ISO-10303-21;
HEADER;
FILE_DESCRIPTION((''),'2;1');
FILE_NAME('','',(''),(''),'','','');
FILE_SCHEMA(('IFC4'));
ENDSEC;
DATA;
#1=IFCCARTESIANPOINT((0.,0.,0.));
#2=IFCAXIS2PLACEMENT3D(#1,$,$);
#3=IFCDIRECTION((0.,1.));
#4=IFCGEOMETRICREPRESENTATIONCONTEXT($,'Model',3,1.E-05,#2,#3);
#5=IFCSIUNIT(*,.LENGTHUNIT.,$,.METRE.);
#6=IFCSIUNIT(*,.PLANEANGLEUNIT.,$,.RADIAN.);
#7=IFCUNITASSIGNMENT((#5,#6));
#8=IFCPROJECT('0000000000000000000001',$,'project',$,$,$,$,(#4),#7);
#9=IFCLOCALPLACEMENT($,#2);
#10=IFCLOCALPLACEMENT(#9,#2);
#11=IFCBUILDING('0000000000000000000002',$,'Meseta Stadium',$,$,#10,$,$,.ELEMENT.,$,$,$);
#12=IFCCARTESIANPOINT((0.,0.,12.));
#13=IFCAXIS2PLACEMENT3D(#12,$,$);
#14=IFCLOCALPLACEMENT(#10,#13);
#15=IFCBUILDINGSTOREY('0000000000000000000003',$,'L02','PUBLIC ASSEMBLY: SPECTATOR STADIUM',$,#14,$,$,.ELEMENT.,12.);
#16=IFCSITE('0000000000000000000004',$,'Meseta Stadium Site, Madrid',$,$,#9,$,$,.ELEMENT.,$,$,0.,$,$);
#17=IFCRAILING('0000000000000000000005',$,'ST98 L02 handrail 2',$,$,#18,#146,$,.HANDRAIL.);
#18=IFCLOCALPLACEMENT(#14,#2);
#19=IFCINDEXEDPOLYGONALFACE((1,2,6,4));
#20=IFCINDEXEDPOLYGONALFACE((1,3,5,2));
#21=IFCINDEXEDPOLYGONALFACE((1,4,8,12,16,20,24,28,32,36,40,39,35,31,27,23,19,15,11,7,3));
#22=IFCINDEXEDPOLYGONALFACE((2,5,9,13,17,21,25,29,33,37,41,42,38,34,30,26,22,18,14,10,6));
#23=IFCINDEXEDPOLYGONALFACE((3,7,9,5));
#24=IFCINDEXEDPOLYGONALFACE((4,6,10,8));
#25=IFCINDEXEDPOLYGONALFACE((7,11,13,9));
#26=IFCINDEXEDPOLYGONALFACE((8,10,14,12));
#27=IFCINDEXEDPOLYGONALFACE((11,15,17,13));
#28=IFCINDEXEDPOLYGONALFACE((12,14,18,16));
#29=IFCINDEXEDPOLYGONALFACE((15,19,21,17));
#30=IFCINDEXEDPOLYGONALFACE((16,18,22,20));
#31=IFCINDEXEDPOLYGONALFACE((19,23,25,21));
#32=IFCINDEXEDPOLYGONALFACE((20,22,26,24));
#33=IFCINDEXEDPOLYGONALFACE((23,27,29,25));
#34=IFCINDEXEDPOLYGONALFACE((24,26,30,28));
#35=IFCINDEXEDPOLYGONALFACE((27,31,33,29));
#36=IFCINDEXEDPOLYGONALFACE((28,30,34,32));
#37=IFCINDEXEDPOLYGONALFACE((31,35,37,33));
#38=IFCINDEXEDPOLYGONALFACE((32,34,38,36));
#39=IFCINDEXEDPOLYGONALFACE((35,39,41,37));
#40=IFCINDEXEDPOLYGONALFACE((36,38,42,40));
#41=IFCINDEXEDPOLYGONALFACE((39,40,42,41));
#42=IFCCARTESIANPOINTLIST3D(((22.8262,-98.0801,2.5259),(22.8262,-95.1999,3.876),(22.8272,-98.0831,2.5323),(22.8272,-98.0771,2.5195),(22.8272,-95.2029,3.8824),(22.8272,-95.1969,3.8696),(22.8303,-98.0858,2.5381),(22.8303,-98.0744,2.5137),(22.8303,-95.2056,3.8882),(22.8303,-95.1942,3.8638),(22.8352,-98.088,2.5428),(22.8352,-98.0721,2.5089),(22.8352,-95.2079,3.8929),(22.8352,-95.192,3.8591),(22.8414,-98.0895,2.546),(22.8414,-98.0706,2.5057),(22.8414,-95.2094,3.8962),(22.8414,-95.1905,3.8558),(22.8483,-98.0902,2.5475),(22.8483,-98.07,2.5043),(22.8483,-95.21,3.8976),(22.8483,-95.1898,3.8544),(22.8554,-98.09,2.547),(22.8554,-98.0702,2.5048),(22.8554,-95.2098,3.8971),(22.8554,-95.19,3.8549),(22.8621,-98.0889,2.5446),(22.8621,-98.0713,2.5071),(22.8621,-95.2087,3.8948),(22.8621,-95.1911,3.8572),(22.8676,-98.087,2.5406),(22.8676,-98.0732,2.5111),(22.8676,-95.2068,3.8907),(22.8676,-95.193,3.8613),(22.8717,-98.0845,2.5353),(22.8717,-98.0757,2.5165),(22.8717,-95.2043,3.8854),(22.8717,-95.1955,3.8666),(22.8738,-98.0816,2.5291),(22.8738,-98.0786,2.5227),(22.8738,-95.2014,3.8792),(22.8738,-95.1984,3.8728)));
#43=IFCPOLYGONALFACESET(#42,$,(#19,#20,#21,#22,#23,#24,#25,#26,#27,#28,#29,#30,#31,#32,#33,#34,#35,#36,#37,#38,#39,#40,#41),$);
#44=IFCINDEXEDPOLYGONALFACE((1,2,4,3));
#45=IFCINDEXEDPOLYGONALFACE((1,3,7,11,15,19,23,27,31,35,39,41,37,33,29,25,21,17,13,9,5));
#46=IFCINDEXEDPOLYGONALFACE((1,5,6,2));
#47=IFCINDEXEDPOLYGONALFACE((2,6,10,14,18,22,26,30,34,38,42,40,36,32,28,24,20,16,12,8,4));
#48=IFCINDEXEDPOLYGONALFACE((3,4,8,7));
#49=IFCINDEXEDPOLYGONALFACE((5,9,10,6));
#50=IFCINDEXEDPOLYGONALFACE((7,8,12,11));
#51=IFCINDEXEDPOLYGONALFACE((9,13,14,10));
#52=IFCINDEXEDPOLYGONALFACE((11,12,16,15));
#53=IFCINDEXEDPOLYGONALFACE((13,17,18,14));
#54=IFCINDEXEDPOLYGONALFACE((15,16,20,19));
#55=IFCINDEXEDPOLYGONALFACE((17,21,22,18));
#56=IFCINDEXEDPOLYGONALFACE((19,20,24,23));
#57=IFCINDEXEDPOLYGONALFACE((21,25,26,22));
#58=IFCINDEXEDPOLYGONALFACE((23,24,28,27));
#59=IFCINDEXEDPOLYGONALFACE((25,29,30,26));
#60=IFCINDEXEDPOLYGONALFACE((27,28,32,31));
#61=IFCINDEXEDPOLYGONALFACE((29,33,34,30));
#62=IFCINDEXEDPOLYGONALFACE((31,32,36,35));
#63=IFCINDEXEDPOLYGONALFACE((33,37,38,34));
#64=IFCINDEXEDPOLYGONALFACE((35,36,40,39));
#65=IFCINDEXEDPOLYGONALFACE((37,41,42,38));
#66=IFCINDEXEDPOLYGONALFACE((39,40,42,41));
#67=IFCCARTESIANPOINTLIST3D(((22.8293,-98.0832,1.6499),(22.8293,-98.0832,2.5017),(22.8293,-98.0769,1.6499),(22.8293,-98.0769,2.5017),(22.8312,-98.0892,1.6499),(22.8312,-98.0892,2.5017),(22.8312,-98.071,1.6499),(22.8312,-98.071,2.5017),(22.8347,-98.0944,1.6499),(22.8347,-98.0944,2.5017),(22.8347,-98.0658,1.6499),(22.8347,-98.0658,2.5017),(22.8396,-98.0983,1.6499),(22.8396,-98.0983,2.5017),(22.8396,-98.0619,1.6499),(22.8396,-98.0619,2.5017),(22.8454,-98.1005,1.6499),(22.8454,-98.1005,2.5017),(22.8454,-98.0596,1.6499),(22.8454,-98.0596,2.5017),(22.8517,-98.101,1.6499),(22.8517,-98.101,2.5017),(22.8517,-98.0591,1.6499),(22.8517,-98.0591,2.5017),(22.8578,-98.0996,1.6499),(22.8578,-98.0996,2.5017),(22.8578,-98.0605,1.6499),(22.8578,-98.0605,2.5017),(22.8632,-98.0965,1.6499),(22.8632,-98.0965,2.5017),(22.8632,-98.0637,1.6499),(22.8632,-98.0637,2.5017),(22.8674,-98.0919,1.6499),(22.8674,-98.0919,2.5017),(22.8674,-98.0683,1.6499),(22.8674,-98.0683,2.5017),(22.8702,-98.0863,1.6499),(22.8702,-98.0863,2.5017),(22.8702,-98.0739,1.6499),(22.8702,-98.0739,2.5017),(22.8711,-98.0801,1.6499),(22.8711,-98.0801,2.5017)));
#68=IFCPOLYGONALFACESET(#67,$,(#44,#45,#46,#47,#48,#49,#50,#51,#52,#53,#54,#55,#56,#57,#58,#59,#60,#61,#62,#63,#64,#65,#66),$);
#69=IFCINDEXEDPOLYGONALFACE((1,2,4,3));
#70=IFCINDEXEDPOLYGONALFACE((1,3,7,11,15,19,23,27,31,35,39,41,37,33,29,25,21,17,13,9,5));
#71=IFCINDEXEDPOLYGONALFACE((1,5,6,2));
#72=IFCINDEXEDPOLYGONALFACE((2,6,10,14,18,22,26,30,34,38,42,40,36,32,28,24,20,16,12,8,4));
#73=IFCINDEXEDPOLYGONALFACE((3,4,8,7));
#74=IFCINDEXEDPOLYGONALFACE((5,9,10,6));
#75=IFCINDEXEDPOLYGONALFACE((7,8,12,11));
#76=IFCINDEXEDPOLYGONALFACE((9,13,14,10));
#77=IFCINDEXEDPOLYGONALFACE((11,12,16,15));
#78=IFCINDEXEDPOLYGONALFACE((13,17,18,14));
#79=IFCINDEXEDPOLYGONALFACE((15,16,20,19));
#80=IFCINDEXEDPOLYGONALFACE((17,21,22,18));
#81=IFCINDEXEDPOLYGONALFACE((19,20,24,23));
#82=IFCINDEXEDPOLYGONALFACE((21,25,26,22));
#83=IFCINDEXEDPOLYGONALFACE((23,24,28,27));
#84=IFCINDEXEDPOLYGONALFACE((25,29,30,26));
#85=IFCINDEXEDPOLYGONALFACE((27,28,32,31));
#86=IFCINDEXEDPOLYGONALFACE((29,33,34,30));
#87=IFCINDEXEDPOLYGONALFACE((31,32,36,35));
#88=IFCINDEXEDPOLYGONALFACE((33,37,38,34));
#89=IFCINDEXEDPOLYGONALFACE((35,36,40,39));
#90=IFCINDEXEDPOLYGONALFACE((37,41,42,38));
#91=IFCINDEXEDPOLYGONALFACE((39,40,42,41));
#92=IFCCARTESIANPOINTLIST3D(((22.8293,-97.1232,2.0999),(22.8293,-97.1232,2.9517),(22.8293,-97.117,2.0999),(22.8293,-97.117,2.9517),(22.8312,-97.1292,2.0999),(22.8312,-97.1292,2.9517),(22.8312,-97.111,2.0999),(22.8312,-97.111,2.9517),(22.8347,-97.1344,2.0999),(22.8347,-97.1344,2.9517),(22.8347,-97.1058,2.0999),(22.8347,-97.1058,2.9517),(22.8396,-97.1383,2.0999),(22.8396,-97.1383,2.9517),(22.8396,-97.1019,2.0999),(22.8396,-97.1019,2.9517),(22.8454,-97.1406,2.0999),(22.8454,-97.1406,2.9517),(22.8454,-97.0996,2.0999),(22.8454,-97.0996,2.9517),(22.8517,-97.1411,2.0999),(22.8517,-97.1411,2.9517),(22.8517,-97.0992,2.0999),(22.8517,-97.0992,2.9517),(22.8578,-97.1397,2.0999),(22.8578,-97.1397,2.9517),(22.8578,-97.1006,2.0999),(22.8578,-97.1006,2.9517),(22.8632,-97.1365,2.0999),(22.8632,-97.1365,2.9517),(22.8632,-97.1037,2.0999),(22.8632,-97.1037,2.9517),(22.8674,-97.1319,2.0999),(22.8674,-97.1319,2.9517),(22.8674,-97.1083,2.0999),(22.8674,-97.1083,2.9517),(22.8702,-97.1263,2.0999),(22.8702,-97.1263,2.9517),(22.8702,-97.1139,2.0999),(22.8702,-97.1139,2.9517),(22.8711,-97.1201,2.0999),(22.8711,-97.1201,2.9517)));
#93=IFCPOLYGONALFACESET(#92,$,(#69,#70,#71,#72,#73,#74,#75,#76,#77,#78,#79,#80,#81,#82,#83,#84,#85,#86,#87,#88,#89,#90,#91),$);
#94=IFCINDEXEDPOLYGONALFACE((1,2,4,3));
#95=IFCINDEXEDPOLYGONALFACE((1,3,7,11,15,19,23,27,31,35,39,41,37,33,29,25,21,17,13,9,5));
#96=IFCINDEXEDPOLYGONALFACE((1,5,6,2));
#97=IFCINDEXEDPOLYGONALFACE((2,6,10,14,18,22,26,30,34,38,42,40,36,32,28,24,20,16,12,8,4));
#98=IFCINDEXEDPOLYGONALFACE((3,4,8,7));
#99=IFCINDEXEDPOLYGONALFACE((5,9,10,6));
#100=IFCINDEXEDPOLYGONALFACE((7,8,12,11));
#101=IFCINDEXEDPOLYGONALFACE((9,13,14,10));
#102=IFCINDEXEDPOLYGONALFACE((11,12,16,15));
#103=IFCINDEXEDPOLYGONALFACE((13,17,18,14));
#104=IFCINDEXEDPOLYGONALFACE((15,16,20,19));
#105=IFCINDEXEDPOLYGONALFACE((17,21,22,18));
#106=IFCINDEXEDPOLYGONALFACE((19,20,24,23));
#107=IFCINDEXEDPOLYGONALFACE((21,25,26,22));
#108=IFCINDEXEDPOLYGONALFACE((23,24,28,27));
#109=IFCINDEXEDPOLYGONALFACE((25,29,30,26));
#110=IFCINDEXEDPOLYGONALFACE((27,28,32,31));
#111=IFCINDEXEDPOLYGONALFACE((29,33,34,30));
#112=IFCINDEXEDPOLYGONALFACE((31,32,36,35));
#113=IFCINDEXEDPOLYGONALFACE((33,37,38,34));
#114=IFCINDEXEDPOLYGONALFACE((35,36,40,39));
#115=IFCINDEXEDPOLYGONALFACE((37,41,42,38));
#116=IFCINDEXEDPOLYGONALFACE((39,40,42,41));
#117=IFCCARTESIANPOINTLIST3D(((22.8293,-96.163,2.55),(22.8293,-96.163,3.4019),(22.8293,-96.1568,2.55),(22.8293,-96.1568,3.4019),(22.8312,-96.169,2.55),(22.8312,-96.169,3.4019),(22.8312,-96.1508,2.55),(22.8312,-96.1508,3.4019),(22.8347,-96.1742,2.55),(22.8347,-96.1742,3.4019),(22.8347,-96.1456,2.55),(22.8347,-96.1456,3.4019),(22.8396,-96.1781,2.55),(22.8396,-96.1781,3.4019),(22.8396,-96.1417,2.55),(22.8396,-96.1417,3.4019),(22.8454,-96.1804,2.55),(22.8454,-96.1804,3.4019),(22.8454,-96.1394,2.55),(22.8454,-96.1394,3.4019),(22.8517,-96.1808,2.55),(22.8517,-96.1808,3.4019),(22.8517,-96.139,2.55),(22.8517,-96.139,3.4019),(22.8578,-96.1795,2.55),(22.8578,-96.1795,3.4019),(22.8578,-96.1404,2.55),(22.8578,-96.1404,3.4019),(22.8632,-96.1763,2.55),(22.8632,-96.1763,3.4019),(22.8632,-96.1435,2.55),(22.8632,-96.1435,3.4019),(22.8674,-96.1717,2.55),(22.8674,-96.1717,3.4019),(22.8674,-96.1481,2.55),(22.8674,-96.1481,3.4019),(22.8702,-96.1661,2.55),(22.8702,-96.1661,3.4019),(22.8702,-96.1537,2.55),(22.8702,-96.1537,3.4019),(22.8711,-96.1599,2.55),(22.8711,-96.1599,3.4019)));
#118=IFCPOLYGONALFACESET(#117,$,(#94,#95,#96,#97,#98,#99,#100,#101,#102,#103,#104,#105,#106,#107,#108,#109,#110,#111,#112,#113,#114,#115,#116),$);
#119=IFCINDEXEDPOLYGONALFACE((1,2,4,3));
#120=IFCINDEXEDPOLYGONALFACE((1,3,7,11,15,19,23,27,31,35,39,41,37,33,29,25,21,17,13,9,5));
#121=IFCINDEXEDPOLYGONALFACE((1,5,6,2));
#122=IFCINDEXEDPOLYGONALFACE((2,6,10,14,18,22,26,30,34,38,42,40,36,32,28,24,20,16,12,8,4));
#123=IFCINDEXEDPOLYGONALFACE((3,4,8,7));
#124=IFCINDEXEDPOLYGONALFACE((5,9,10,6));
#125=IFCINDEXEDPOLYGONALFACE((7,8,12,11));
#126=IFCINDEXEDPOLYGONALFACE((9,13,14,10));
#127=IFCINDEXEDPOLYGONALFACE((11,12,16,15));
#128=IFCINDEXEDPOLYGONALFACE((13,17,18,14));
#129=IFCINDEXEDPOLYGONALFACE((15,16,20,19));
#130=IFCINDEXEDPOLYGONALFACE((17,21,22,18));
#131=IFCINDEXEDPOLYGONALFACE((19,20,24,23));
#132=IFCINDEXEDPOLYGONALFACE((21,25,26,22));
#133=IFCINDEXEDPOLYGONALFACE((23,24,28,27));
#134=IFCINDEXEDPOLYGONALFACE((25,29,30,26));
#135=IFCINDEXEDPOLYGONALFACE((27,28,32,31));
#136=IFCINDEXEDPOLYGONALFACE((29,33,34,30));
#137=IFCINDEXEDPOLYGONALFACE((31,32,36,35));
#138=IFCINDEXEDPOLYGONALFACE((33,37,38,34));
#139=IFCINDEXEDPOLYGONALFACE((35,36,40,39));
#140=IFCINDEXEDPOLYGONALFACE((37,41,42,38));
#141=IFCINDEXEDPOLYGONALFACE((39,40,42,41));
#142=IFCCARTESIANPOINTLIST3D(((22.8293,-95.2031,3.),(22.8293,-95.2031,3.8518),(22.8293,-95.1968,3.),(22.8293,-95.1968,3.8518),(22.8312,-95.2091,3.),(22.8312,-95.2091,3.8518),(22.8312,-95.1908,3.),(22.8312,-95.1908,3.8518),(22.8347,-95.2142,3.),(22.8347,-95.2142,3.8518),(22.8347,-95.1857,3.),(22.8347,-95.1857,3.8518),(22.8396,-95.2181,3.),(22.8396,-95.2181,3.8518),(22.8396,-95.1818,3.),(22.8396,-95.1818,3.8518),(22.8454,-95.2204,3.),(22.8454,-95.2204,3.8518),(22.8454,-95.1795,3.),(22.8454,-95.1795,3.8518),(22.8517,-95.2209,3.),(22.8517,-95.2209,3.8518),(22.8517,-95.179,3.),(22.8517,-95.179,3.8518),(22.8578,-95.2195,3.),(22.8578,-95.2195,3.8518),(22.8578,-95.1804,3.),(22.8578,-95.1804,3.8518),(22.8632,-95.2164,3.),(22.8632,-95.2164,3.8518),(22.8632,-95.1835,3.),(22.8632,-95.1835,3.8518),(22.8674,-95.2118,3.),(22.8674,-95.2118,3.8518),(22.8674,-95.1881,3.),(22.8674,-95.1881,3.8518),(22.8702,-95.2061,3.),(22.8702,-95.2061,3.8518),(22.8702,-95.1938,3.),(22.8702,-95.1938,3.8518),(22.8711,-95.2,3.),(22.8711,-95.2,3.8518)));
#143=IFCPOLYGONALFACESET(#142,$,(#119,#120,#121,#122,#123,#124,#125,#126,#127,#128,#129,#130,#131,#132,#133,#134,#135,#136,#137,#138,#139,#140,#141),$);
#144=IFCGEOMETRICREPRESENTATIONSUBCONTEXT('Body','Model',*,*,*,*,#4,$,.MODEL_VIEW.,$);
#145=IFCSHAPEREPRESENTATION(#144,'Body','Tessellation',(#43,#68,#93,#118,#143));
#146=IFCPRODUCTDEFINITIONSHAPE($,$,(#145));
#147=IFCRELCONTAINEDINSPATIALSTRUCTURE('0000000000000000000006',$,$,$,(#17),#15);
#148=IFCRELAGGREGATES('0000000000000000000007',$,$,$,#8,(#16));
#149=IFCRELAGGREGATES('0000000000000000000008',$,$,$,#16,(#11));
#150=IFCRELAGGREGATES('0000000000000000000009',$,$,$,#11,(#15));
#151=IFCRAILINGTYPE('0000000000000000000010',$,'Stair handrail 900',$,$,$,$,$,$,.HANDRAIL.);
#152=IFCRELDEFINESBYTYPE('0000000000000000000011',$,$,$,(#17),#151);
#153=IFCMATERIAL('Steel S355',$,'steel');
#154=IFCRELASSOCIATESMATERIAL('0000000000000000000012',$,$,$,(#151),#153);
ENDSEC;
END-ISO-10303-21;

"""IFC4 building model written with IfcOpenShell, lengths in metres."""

from ifc_helpers import new_model, si_unit, direction, frame, origin, origin_2d, place, context, subcontext, project, spatial, circle, extrude, material, type_object, element, save


model = new_model("IFC4")

# Units and contexts
model_context = context("Model", 3, precision=1e-05, world=origin(), true_north=direction((0.0, 1.0)))
body_context = subcontext(model_context, "Body", "Model", "MODEL_VIEW")
ifc_project = project(units=[si_unit("LENGTHUNIT", "METRE"), si_unit("PLANEANGLEUNIT", "RADIAN")], contexts=[model_context])

# Site, building, storey
site_placement = place(None, origin())
site = spatial("IfcSite", under=ifc_project, at=site_placement, Name="Meseta Stadium Site, Madrid", CompositionType="ELEMENT", RefElevation=0.0)
building_placement = place(site_placement, origin())
building = spatial("IfcBuilding", under=site, at=building_placement, Name="Meseta Stadium", CompositionType="ELEMENT")
storey_placement = place(building_placement, frame((0.0, 0.0, 12.0)))
storey = spatial("IfcBuildingStorey", under=building, at=storey_placement, Name="L02", Description="PUBLIC ASSEMBLY: SPECTATOR STADIUM", CompositionType="ELEMENT", Elevation=12.0)

# Railing
ifc_material_1 = material(Name="Steel S355", Category="steel")
railing_type_1 = type_object("IfcRailingType", Name="Stair handrail 900", PredefinedType="HANDRAIL", material=ifc_material_1)
railing_1_placement = place(storey_placement, frame((22.8501, -98.0801, 1.6499)))
element("IfcRailing", 1, at=railing_1_placement, inside=storey, type_object=railing_type_1, Name="ST98 L02 handrail 2", PredefinedType="HANDRAIL", context=body_context, shape_type="SweptSolid", body=[
    extrude(circle(Radius=0.0239, at=origin_2d()), frame((0.0, 0.0, 0.876), z_axis=(0.0, 0.905454, 0.424444), x_axis=(-1.0, 0.0, 0.0)), (0.0, 0.0, 1.0), 3.1809),
    extrude(circle(Radius=0.021, at=origin_2d()), origin(), (0.0, 0.0, 1.0), 0.8518),
    extrude(circle(Radius=0.021, at=origin_2d()), frame((0.0, 0.96, 0.45)), (0.0, 0.0, 1.0), 0.8518),
    extrude(circle(Radius=0.021, at=origin_2d()), frame((0.0, 1.9202, 0.9001)), (0.0, 0.0, 1.0), 0.8518),
    extrude(circle(Radius=0.021, at=origin_2d()), frame((0.0, 2.8801, 1.3501)), (0.0, 0.0, 1.0), 0.8518),
])

save(model, "model.ifc")
